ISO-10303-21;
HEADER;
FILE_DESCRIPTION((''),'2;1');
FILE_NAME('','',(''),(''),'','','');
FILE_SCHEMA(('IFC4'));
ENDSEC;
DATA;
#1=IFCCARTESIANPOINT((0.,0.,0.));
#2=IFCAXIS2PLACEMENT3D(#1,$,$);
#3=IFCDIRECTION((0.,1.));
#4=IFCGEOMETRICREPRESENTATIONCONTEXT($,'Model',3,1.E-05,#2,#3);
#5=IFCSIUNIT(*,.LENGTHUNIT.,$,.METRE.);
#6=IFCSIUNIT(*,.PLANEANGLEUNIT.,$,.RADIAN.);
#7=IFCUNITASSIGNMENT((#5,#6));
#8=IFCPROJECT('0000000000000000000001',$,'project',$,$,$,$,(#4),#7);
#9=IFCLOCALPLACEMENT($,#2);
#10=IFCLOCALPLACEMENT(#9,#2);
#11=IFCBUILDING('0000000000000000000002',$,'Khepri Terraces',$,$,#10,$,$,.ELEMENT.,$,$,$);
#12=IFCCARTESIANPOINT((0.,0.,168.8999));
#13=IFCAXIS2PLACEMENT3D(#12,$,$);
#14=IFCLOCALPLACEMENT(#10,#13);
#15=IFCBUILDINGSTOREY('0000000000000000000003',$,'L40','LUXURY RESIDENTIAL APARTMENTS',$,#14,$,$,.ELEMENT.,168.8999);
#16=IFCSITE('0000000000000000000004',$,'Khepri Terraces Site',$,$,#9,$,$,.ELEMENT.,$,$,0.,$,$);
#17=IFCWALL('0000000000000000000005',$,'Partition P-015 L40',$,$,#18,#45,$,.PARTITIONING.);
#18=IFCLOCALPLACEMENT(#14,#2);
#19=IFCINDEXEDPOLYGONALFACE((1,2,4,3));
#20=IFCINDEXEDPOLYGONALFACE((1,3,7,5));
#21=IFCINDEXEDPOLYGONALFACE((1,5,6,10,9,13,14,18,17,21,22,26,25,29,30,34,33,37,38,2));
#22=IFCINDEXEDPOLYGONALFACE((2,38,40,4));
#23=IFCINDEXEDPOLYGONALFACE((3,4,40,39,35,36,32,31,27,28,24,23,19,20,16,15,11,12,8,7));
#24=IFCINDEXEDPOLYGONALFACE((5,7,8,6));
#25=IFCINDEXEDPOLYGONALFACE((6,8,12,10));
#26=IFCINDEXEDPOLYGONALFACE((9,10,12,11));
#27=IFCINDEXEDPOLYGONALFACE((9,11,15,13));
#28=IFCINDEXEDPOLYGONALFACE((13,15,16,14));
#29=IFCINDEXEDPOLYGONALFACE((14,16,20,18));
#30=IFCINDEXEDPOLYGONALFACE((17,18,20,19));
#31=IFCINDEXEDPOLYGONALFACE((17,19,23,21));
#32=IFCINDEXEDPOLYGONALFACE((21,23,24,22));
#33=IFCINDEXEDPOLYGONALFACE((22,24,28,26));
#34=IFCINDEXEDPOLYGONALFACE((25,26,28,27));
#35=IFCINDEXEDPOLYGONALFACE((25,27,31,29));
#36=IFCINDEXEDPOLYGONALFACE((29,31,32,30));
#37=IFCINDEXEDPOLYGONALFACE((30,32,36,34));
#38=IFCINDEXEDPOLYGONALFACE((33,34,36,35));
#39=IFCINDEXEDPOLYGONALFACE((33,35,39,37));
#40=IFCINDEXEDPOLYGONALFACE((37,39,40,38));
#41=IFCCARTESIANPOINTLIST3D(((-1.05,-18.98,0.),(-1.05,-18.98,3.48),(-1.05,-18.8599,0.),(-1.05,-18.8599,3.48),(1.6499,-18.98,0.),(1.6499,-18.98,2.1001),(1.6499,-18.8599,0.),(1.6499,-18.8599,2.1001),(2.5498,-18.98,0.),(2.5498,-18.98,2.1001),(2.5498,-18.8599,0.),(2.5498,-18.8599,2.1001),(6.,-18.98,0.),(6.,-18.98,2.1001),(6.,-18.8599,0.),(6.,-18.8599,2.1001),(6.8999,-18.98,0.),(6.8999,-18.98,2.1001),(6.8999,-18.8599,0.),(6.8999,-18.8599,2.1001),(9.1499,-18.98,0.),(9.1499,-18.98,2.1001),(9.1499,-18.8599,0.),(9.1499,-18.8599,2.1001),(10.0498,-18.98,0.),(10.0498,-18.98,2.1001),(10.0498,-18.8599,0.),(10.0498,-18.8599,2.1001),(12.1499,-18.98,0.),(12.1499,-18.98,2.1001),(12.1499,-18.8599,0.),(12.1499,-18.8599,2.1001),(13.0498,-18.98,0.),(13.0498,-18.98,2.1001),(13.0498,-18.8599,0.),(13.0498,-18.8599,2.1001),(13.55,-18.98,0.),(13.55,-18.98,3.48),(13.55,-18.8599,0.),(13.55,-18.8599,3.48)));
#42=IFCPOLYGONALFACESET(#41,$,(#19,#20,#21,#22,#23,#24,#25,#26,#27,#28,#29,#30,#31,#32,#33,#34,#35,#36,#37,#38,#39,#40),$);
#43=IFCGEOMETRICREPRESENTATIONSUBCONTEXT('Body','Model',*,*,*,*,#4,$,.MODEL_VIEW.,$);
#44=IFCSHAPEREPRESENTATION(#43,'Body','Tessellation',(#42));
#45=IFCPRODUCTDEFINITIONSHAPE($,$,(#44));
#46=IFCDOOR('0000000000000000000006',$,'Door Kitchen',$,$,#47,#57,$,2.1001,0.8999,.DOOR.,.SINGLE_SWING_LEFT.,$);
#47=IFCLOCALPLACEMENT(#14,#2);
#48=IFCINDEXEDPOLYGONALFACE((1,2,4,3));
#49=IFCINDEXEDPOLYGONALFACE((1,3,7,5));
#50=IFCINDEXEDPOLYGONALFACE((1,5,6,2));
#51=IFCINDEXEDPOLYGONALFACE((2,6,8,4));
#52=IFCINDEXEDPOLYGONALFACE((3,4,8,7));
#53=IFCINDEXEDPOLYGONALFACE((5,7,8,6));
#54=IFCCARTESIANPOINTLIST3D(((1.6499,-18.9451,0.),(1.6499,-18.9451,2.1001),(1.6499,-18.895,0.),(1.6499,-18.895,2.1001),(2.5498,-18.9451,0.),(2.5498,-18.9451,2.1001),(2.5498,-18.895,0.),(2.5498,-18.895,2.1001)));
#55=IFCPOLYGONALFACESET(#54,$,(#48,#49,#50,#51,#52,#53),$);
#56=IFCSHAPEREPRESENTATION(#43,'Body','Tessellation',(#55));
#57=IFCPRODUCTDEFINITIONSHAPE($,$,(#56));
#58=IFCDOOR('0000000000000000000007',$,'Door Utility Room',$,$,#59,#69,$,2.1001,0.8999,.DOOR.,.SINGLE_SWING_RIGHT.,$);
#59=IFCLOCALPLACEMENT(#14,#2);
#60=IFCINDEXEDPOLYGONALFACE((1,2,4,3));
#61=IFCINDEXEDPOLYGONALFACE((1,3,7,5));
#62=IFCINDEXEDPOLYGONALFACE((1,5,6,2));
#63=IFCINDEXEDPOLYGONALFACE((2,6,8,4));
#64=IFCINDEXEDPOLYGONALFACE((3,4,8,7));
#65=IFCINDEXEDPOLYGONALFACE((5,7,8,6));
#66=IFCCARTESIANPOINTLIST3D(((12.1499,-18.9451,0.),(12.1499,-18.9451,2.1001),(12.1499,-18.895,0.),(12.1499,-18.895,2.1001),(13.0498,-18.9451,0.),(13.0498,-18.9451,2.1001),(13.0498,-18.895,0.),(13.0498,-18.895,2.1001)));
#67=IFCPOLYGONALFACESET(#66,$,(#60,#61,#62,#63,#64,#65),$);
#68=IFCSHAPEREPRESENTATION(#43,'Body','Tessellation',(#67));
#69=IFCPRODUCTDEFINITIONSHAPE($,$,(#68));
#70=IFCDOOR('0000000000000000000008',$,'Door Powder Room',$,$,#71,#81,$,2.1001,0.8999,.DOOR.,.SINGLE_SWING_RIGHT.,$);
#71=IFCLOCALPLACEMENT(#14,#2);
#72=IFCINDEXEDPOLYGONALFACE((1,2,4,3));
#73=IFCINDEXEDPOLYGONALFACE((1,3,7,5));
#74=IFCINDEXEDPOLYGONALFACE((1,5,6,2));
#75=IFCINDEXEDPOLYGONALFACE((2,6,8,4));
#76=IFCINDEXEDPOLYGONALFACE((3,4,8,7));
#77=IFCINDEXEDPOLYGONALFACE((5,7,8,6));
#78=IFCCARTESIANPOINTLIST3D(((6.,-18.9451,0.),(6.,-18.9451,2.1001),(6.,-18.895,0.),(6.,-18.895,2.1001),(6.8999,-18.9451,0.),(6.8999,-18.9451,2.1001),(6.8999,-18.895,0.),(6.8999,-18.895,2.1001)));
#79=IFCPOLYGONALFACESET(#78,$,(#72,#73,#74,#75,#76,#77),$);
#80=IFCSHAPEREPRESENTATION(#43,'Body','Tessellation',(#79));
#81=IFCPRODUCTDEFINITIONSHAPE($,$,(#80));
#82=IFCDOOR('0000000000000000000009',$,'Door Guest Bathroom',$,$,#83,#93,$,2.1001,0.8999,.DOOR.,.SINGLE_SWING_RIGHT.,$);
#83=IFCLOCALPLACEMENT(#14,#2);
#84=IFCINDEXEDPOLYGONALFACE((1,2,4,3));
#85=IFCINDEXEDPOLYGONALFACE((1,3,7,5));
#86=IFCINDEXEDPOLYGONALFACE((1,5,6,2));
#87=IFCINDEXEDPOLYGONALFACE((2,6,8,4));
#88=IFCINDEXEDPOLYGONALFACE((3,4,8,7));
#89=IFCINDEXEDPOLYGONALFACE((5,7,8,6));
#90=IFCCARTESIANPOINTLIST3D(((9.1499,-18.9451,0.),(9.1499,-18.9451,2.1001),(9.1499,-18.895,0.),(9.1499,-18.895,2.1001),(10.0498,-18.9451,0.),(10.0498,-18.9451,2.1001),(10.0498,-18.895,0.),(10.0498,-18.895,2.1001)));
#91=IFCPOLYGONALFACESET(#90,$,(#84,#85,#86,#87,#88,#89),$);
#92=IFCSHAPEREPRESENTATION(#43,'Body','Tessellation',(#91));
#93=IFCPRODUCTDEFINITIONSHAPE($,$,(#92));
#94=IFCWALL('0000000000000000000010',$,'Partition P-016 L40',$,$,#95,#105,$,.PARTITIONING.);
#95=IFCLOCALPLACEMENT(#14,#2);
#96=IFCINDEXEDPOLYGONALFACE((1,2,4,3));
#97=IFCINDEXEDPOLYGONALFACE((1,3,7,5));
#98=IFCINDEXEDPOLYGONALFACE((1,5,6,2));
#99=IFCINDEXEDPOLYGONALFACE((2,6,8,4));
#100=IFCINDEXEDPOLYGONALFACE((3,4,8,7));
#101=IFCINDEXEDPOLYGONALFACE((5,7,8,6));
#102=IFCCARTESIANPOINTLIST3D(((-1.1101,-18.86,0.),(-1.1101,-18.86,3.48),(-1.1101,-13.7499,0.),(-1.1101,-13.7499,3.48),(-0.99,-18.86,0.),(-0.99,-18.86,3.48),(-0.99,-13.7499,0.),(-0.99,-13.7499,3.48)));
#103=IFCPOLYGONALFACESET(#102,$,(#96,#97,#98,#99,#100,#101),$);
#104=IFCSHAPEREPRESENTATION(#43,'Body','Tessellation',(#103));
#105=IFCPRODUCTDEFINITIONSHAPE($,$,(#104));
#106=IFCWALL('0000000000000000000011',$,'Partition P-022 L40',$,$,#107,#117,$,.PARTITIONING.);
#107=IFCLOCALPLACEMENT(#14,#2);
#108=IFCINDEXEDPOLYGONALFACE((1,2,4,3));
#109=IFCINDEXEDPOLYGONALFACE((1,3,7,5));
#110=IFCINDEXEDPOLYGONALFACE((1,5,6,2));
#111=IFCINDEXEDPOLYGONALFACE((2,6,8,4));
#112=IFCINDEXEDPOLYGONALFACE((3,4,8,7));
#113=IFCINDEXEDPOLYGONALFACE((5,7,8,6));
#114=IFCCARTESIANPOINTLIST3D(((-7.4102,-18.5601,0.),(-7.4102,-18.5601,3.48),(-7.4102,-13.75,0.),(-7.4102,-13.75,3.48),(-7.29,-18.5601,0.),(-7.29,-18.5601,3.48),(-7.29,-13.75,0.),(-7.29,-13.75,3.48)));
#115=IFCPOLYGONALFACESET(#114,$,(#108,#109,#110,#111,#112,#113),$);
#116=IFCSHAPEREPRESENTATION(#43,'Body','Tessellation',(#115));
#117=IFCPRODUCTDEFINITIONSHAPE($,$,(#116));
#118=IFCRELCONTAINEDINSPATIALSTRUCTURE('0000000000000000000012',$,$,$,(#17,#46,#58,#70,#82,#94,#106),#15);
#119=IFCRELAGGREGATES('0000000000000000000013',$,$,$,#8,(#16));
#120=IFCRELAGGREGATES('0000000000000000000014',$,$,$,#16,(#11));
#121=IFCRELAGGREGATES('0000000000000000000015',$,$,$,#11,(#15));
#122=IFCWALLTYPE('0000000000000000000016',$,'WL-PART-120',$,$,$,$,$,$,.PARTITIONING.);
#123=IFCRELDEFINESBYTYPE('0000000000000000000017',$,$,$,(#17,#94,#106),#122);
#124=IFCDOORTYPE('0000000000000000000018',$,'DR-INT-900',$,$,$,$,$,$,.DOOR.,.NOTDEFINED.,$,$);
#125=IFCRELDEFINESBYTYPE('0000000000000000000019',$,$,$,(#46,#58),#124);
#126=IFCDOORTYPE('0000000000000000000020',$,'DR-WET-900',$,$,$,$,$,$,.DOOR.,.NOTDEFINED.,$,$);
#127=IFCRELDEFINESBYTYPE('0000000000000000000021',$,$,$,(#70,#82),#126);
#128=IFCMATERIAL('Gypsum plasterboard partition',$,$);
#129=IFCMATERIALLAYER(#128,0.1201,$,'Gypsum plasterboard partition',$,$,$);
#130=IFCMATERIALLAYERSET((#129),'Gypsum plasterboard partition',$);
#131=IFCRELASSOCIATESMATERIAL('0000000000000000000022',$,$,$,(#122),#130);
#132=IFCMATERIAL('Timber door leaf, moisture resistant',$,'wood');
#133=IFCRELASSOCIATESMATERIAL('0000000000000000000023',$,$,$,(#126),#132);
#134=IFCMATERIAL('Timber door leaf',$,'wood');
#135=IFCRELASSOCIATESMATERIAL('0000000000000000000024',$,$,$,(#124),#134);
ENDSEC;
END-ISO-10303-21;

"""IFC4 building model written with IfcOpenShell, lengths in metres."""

from ifc_helpers import new_model, si_unit, direction, frame, frame_2d, origin, place, context, subcontext, project, spatial, rectangle, extrude, material, layer, layer_set, type_object, element, fill, save


model = new_model("IFC4")

# Units and contexts
model_context = context("Model", 3, precision=1e-05, world=origin(), true_north=direction((0.0, 1.0)))
body_context = subcontext(model_context, "Body", "Model", "MODEL_VIEW")
ifc_project = project(units=[si_unit("LENGTHUNIT", "METRE"), si_unit("PLANEANGLEUNIT", "RADIAN")], contexts=[model_context])

# Site, building, storey
site_placement = place(None, origin())
site = spatial("IfcSite", under=ifc_project, at=site_placement, Name="Khepri Terraces Site", CompositionType="ELEMENT", RefElevation=0.0)
building_placement = place(site_placement, origin())
building = spatial("IfcBuilding", under=site, at=building_placement, Name="Khepri Terraces", CompositionType="ELEMENT")
storey_placement = place(building_placement, frame((0.0, 0.0, 168.8999)))
storey = spatial("IfcBuildingStorey", under=building, at=storey_placement, Name="L40", Description="LUXURY RESIDENTIAL APARTMENTS", CompositionType="ELEMENT", Elevation=168.8999)

# Shared definitions
ifc_material_1 = material(Name="Gypsum plasterboard partition")
ifc_layer_1 = layer(ifc_material_1, 0.1201, Name="Gypsum plasterboard partition")
ifc_layer_set_1 = layer_set([ifc_layer_1], Name="Gypsum plasterboard partition")
wall_type_1 = type_object("IfcWallType", Name="WL-PART-120", PredefinedType="PARTITIONING", material=ifc_layer_set_1)
ifc_material_2 = material(Name="Timber door leaf, moisture resistant", Category="wood")
door_type_1 = type_object("IfcDoorType", Name="DR-WET-900", OperationType="NOTDEFINED", PredefinedType="DOOR", material=ifc_material_2)

# Wall, openings, doors
ifc_material_3 = material(Name="Timber door leaf", Category="wood")
door_type_2 = type_object("IfcDoorType", Name="DR-INT-900", OperationType="NOTDEFINED", PredefinedType="DOOR", material=ifc_material_3)
wall_1_placement = place(storey_placement, frame((-1.05, -18.9199, 0.0), z_axis=(0.0, 0.0, 1.0), x_axis=(1.0, 0.0, 0.0)))
wall_1 = element("IfcWall", 1, at=wall_1_placement, inside=storey, type_object=wall_type_1, Name="Partition P-015 L40", PredefinedType="PARTITIONING", context=body_context, shape_type="SweptSolid", body=[
    extrude(rectangle(XDim=14.6001, YDim=0.1201, at=frame_2d((7.3, 0.0))), origin(), (0.0, 0.0, 1.0), 3.48),
])
opening_1_placement = place(wall_1_placement, frame((2.7, 0.0, 0.0)))
opening_1 = element("IfcOpeningElement", 2, at=opening_1_placement, cuts=wall_1, PredefinedType="OPENING", context=body_context, shape_type="SweptSolid", body=[
    extrude(rectangle(XDim=0.8999, YDim=2.1001, at=frame_2d((0.45, 1.05))), frame((0.0, 0.0701, 0.0), z_axis=(0.0, -1.0, 0.0), x_axis=(1.0, 0.0, 0.0)), (0.0, 0.0, 1.0), 0.1401),
])
opening_2_placement = place(wall_1_placement, frame((7.05, 0.0, 0.0)))
opening_2 = element("IfcOpeningElement", 3, at=opening_2_placement, cuts=wall_1, PredefinedType="OPENING", context=body_context, shape_type="SweptSolid", body=[
    extrude(rectangle(XDim=0.8999, YDim=2.1001, at=frame_2d((0.45, 1.05))), frame((0.0, 0.0701, 0.0), z_axis=(0.0, -1.0, 0.0), x_axis=(1.0, 0.0, 0.0)), (0.0, 0.0, 1.0), 0.1401),
])
opening_3_placement = place(wall_1_placement, frame((10.2, 0.0, 0.0)))
opening_3 = element("IfcOpeningElement", 4, at=opening_3_placement, cuts=wall_1, PredefinedType="OPENING", context=body_context, shape_type="SweptSolid", body=[
    extrude(rectangle(XDim=0.8999, YDim=2.1001, at=frame_2d((0.45, 1.05))), frame((0.0, 0.0701, 0.0), z_axis=(0.0, -1.0, 0.0), x_axis=(1.0, 0.0, 0.0)), (0.0, 0.0, 1.0), 0.1401),
])
opening_4_placement = place(wall_1_placement, frame((13.2, 0.0, 0.0)))
opening_4 = element("IfcOpeningElement", 5, at=opening_4_placement, cuts=wall_1, PredefinedType="OPENING", context=body_context, shape_type="SweptSolid", body=[
    extrude(rectangle(XDim=0.8999, YDim=2.1001, at=frame_2d((0.45, 1.05))), frame((0.0, 0.0701, 0.0), z_axis=(0.0, -1.0, 0.0), x_axis=(1.0, 0.0, 0.0)), (0.0, 0.0, 1.0), 0.1401),
])
door_1_placement = place(opening_1_placement, origin())
door_1 = element("IfcDoor", 6, at=door_1_placement, inside=storey, type_object=door_type_2, Name="Door Kitchen", OperationType="SINGLE_SWING_LEFT", OverallHeight=2.1001, OverallWidth=0.8999, PredefinedType="DOOR", context=body_context, shape_type="SweptSolid", body=[
    extrude(rectangle(XDim=0.8999, YDim=2.1001, at=frame_2d((0.45, 1.05))), frame((0.0, 0.0249, 0.0), z_axis=(0.0, -1.0, 0.0), x_axis=(1.0, 0.0, 0.0)), (0.0, 0.0, 1.0), 0.05),
])
fill(opening_1, door_1)
door_2_placement = place(opening_4_placement, origin())
door_2 = element("IfcDoor", 7, at=door_2_placement, inside=storey, type_object=door_type_2, Name="Door Utility Room", OperationType="SINGLE_SWING_RIGHT", OverallHeight=2.1001, OverallWidth=0.8999, PredefinedType="DOOR", context=body_context, shape_type="SweptSolid", body=[
    extrude(rectangle(XDim=0.8999, YDim=2.1001, at=frame_2d((0.45, 1.05))), frame((0.0, 0.0249, 0.0), z_axis=(0.0, -1.0, 0.0), x_axis=(1.0, 0.0, 0.0)), (0.0, 0.0, 1.0), 0.05),
])
fill(opening_4, door_2)
door_3_placement = place(opening_2_placement, origin())
door_3 = element("IfcDoor", 8, at=door_3_placement, inside=storey, type_object=door_type_1, Name="Door Powder Room", OperationType="SINGLE_SWING_RIGHT", OverallHeight=2.1001, OverallWidth=0.8999, PredefinedType="DOOR", context=body_context, shape_type="SweptSolid", body=[
    extrude(rectangle(XDim=0.8999, YDim=2.1001, at=frame_2d((0.45, 1.05))), frame((0.0, 0.0249, 0.0), z_axis=(0.0, -1.0, 0.0), x_axis=(1.0, 0.0, 0.0)), (0.0, 0.0, 1.0), 0.05),
])
fill(opening_2, door_3)
door_4_placement = place(opening_3_placement, origin())
door_4 = element("IfcDoor", 9, at=door_4_placement, inside=storey, type_object=door_type_1, Name="Door Guest Bathroom", OperationType="SINGLE_SWING_RIGHT", OverallHeight=2.1001, OverallWidth=0.8999, PredefinedType="DOOR", context=body_context, shape_type="SweptSolid", body=[
    extrude(rectangle(XDim=0.8999, YDim=2.1001, at=frame_2d((0.45, 1.05))), frame((0.0, 0.0249, 0.0), z_axis=(0.0, -1.0, 0.0), x_axis=(1.0, 0.0, 0.0)), (0.0, 0.0, 1.0), 0.05),
])
fill(opening_3, door_4)

# Walls
wall_2_placement = place(storey_placement, frame((-1.05, -18.8601, 0.0), z_axis=(0.0, 0.0, 1.0), x_axis=(0.0, 1.0, 0.0)))
element("IfcWall", 10, at=wall_2_placement, inside=storey, type_object=wall_type_1, Name="Partition P-016 L40", PredefinedType="PARTITIONING", context=body_context, shape_type="SweptSolid", body=[
    extrude(rectangle(XDim=5.1101, YDim=0.1201, at=frame_2d((2.5552, 0.0))), origin(), (0.0, 0.0, 1.0), 3.48),
])
wall_3_placement = place(storey_placement, frame((-7.3501, -18.5601, 0.0), z_axis=(0.0, 0.0, 1.0), x_axis=(0.0, 1.0, 0.0)))
element("IfcWall", 11, at=wall_3_placement, inside=storey, type_object=wall_type_1, Name="Partition P-022 L40", PredefinedType="PARTITIONING", context=body_context, shape_type="SweptSolid", body=[
    extrude(rectangle(XDim=4.8101, YDim=0.1201, at=frame_2d((2.405, 0.0))), origin(), (0.0, 0.0, 1.0), 3.48),
])

save(model, "model.ifc")
